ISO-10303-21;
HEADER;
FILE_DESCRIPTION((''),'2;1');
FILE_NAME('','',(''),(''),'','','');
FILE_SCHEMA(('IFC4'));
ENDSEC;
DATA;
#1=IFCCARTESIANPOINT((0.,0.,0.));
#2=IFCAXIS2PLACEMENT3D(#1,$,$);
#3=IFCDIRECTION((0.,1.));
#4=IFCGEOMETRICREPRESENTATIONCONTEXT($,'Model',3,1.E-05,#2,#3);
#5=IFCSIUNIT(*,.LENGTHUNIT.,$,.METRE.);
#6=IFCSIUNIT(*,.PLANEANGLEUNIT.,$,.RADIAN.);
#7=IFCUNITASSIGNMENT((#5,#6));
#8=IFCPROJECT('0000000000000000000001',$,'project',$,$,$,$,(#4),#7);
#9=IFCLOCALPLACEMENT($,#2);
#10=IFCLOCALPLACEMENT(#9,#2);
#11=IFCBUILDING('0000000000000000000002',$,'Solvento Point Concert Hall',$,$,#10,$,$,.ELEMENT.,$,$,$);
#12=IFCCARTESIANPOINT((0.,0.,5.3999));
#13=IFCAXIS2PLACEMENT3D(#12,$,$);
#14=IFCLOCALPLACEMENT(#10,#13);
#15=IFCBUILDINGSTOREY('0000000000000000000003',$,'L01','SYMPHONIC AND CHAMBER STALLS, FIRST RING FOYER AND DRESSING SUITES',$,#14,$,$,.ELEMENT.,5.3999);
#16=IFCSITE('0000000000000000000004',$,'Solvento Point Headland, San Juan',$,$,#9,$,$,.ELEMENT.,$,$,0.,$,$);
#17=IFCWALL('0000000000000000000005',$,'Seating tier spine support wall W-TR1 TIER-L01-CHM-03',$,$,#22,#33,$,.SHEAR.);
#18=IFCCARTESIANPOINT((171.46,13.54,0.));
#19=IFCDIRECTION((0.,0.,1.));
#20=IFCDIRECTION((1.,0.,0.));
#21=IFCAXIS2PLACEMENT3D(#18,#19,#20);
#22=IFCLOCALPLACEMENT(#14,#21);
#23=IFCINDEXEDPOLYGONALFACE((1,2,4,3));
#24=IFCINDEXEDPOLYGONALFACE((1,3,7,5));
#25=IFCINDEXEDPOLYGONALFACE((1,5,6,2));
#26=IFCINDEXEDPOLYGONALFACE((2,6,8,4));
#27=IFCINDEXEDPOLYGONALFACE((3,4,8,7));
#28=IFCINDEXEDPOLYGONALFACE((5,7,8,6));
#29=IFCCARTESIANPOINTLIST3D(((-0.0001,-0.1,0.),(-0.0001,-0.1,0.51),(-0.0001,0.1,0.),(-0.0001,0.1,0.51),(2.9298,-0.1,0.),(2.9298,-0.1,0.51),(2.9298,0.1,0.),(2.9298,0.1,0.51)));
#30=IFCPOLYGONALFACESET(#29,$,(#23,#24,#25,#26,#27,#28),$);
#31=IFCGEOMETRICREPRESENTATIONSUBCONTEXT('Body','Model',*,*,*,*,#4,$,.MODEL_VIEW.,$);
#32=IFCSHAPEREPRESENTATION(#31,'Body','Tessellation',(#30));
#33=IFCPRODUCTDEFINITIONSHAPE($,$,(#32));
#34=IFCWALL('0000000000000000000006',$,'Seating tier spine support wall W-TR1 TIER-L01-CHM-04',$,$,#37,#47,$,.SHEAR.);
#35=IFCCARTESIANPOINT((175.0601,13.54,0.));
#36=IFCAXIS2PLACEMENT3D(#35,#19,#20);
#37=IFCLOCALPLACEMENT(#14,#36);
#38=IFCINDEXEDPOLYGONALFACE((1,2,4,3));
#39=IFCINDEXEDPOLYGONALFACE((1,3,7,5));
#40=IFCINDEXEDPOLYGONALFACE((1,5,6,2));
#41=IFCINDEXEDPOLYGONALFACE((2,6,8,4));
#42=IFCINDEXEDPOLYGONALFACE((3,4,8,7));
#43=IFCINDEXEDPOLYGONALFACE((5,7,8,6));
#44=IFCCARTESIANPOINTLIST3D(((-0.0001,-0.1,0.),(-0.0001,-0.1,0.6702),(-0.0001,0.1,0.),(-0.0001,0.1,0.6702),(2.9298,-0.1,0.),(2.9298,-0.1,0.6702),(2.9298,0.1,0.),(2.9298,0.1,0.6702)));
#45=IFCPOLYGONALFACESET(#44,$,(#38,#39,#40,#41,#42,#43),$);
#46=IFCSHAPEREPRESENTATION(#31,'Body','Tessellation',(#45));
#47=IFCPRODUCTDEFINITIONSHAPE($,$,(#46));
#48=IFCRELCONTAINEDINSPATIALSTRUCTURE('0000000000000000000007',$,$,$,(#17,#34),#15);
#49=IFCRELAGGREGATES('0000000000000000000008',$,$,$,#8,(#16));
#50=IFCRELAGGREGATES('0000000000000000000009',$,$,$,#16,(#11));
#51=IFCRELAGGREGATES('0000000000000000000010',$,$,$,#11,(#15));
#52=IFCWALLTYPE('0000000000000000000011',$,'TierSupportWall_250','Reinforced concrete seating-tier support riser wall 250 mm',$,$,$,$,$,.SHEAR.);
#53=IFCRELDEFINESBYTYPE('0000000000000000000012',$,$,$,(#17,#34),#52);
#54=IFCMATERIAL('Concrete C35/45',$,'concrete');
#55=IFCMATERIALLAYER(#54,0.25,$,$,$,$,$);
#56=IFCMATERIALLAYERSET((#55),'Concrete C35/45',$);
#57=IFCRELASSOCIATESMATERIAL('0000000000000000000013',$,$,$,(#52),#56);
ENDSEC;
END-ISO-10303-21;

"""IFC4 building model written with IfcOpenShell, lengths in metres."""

from ifc_helpers import new_model, si_unit, direction, frame, frame_2d, origin, place, context, subcontext, project, spatial, rectangle, extrude, material, layer, layer_set, type_object, element, save


model = new_model("IFC4")

# Units and contexts
model_context = context("Model", 3, precision=1e-05, world=origin(), true_north=direction((0.0, 1.0)))
body_context = subcontext(model_context, "Body", "Model", "MODEL_VIEW")
ifc_project = project(units=[si_unit("LENGTHUNIT", "METRE"), si_unit("PLANEANGLEUNIT", "RADIAN")], contexts=[model_context])

# Site, building, storey
site_placement = place(None, origin())
site = spatial("IfcSite", under=ifc_project, at=site_placement, Name="Solvento Point Headland, San Juan", CompositionType="ELEMENT", RefElevation=0.0)
building_placement = place(site_placement, origin())
building = spatial("IfcBuilding", under=site, at=building_placement, Name="Solvento Point Concert Hall", CompositionType="ELEMENT")
storey_placement = place(building_placement, frame((0.0, 0.0, 5.3999)))
storey = spatial("IfcBuildingStorey", under=building, at=storey_placement, Name="L01", Description="SYMPHONIC AND CHAMBER STALLS, FIRST RING FOYER AND DRESSING SUITES", CompositionType="ELEMENT", Elevation=5.3999)

# Walls
ifc_material_1 = material(Name="Concrete C35/45", Category="concrete")
ifc_layer = layer(ifc_material_1, 0.25)
ifc_layer_set = layer_set([ifc_layer], Name="Concrete C35/45")
wall_type = type_object("IfcWallType", Name="TierSupportWall_250", Description="Reinforced concrete seating-tier support riser wall 250 mm", PredefinedType="SHEAR", material=ifc_layer_set)
wall_1_placement = place(storey_placement, frame((171.46, 13.54, 0.0), z_axis=(0.0, 0.0, 1.0), x_axis=(1.0, 0.0, 0.0)))
element("IfcWall", 1, at=wall_1_placement, inside=storey, type_object=wall_type, Name="Seating tier spine support wall W-TR1 TIER-L01-CHM-03", PredefinedType="SHEAR", context=body_context, shape_type="SweptSolid", body=[
    extrude(rectangle(XDim=2.9299, YDim=0.2, at=frame_2d((1.4648, 0.0))), origin(), (0.0, 0.0, 1.0), 0.51),
])
wall_2_placement = place(storey_placement, frame((175.0601, 13.54, 0.0), z_axis=(0.0, 0.0, 1.0), x_axis=(1.0, 0.0, 0.0)))
element("IfcWall", 2, at=wall_2_placement, inside=storey, type_object=wall_type, Name="Seating tier spine support wall W-TR1 TIER-L01-CHM-04", PredefinedType="SHEAR", context=body_context, shape_type="SweptSolid", body=[
    extrude(rectangle(XDim=2.9299, YDim=0.2, at=frame_2d((1.4648, 0.0))), origin(), (0.0, 0.0, 1.0), 0.6702),
])

save(model, "model.ifc")
